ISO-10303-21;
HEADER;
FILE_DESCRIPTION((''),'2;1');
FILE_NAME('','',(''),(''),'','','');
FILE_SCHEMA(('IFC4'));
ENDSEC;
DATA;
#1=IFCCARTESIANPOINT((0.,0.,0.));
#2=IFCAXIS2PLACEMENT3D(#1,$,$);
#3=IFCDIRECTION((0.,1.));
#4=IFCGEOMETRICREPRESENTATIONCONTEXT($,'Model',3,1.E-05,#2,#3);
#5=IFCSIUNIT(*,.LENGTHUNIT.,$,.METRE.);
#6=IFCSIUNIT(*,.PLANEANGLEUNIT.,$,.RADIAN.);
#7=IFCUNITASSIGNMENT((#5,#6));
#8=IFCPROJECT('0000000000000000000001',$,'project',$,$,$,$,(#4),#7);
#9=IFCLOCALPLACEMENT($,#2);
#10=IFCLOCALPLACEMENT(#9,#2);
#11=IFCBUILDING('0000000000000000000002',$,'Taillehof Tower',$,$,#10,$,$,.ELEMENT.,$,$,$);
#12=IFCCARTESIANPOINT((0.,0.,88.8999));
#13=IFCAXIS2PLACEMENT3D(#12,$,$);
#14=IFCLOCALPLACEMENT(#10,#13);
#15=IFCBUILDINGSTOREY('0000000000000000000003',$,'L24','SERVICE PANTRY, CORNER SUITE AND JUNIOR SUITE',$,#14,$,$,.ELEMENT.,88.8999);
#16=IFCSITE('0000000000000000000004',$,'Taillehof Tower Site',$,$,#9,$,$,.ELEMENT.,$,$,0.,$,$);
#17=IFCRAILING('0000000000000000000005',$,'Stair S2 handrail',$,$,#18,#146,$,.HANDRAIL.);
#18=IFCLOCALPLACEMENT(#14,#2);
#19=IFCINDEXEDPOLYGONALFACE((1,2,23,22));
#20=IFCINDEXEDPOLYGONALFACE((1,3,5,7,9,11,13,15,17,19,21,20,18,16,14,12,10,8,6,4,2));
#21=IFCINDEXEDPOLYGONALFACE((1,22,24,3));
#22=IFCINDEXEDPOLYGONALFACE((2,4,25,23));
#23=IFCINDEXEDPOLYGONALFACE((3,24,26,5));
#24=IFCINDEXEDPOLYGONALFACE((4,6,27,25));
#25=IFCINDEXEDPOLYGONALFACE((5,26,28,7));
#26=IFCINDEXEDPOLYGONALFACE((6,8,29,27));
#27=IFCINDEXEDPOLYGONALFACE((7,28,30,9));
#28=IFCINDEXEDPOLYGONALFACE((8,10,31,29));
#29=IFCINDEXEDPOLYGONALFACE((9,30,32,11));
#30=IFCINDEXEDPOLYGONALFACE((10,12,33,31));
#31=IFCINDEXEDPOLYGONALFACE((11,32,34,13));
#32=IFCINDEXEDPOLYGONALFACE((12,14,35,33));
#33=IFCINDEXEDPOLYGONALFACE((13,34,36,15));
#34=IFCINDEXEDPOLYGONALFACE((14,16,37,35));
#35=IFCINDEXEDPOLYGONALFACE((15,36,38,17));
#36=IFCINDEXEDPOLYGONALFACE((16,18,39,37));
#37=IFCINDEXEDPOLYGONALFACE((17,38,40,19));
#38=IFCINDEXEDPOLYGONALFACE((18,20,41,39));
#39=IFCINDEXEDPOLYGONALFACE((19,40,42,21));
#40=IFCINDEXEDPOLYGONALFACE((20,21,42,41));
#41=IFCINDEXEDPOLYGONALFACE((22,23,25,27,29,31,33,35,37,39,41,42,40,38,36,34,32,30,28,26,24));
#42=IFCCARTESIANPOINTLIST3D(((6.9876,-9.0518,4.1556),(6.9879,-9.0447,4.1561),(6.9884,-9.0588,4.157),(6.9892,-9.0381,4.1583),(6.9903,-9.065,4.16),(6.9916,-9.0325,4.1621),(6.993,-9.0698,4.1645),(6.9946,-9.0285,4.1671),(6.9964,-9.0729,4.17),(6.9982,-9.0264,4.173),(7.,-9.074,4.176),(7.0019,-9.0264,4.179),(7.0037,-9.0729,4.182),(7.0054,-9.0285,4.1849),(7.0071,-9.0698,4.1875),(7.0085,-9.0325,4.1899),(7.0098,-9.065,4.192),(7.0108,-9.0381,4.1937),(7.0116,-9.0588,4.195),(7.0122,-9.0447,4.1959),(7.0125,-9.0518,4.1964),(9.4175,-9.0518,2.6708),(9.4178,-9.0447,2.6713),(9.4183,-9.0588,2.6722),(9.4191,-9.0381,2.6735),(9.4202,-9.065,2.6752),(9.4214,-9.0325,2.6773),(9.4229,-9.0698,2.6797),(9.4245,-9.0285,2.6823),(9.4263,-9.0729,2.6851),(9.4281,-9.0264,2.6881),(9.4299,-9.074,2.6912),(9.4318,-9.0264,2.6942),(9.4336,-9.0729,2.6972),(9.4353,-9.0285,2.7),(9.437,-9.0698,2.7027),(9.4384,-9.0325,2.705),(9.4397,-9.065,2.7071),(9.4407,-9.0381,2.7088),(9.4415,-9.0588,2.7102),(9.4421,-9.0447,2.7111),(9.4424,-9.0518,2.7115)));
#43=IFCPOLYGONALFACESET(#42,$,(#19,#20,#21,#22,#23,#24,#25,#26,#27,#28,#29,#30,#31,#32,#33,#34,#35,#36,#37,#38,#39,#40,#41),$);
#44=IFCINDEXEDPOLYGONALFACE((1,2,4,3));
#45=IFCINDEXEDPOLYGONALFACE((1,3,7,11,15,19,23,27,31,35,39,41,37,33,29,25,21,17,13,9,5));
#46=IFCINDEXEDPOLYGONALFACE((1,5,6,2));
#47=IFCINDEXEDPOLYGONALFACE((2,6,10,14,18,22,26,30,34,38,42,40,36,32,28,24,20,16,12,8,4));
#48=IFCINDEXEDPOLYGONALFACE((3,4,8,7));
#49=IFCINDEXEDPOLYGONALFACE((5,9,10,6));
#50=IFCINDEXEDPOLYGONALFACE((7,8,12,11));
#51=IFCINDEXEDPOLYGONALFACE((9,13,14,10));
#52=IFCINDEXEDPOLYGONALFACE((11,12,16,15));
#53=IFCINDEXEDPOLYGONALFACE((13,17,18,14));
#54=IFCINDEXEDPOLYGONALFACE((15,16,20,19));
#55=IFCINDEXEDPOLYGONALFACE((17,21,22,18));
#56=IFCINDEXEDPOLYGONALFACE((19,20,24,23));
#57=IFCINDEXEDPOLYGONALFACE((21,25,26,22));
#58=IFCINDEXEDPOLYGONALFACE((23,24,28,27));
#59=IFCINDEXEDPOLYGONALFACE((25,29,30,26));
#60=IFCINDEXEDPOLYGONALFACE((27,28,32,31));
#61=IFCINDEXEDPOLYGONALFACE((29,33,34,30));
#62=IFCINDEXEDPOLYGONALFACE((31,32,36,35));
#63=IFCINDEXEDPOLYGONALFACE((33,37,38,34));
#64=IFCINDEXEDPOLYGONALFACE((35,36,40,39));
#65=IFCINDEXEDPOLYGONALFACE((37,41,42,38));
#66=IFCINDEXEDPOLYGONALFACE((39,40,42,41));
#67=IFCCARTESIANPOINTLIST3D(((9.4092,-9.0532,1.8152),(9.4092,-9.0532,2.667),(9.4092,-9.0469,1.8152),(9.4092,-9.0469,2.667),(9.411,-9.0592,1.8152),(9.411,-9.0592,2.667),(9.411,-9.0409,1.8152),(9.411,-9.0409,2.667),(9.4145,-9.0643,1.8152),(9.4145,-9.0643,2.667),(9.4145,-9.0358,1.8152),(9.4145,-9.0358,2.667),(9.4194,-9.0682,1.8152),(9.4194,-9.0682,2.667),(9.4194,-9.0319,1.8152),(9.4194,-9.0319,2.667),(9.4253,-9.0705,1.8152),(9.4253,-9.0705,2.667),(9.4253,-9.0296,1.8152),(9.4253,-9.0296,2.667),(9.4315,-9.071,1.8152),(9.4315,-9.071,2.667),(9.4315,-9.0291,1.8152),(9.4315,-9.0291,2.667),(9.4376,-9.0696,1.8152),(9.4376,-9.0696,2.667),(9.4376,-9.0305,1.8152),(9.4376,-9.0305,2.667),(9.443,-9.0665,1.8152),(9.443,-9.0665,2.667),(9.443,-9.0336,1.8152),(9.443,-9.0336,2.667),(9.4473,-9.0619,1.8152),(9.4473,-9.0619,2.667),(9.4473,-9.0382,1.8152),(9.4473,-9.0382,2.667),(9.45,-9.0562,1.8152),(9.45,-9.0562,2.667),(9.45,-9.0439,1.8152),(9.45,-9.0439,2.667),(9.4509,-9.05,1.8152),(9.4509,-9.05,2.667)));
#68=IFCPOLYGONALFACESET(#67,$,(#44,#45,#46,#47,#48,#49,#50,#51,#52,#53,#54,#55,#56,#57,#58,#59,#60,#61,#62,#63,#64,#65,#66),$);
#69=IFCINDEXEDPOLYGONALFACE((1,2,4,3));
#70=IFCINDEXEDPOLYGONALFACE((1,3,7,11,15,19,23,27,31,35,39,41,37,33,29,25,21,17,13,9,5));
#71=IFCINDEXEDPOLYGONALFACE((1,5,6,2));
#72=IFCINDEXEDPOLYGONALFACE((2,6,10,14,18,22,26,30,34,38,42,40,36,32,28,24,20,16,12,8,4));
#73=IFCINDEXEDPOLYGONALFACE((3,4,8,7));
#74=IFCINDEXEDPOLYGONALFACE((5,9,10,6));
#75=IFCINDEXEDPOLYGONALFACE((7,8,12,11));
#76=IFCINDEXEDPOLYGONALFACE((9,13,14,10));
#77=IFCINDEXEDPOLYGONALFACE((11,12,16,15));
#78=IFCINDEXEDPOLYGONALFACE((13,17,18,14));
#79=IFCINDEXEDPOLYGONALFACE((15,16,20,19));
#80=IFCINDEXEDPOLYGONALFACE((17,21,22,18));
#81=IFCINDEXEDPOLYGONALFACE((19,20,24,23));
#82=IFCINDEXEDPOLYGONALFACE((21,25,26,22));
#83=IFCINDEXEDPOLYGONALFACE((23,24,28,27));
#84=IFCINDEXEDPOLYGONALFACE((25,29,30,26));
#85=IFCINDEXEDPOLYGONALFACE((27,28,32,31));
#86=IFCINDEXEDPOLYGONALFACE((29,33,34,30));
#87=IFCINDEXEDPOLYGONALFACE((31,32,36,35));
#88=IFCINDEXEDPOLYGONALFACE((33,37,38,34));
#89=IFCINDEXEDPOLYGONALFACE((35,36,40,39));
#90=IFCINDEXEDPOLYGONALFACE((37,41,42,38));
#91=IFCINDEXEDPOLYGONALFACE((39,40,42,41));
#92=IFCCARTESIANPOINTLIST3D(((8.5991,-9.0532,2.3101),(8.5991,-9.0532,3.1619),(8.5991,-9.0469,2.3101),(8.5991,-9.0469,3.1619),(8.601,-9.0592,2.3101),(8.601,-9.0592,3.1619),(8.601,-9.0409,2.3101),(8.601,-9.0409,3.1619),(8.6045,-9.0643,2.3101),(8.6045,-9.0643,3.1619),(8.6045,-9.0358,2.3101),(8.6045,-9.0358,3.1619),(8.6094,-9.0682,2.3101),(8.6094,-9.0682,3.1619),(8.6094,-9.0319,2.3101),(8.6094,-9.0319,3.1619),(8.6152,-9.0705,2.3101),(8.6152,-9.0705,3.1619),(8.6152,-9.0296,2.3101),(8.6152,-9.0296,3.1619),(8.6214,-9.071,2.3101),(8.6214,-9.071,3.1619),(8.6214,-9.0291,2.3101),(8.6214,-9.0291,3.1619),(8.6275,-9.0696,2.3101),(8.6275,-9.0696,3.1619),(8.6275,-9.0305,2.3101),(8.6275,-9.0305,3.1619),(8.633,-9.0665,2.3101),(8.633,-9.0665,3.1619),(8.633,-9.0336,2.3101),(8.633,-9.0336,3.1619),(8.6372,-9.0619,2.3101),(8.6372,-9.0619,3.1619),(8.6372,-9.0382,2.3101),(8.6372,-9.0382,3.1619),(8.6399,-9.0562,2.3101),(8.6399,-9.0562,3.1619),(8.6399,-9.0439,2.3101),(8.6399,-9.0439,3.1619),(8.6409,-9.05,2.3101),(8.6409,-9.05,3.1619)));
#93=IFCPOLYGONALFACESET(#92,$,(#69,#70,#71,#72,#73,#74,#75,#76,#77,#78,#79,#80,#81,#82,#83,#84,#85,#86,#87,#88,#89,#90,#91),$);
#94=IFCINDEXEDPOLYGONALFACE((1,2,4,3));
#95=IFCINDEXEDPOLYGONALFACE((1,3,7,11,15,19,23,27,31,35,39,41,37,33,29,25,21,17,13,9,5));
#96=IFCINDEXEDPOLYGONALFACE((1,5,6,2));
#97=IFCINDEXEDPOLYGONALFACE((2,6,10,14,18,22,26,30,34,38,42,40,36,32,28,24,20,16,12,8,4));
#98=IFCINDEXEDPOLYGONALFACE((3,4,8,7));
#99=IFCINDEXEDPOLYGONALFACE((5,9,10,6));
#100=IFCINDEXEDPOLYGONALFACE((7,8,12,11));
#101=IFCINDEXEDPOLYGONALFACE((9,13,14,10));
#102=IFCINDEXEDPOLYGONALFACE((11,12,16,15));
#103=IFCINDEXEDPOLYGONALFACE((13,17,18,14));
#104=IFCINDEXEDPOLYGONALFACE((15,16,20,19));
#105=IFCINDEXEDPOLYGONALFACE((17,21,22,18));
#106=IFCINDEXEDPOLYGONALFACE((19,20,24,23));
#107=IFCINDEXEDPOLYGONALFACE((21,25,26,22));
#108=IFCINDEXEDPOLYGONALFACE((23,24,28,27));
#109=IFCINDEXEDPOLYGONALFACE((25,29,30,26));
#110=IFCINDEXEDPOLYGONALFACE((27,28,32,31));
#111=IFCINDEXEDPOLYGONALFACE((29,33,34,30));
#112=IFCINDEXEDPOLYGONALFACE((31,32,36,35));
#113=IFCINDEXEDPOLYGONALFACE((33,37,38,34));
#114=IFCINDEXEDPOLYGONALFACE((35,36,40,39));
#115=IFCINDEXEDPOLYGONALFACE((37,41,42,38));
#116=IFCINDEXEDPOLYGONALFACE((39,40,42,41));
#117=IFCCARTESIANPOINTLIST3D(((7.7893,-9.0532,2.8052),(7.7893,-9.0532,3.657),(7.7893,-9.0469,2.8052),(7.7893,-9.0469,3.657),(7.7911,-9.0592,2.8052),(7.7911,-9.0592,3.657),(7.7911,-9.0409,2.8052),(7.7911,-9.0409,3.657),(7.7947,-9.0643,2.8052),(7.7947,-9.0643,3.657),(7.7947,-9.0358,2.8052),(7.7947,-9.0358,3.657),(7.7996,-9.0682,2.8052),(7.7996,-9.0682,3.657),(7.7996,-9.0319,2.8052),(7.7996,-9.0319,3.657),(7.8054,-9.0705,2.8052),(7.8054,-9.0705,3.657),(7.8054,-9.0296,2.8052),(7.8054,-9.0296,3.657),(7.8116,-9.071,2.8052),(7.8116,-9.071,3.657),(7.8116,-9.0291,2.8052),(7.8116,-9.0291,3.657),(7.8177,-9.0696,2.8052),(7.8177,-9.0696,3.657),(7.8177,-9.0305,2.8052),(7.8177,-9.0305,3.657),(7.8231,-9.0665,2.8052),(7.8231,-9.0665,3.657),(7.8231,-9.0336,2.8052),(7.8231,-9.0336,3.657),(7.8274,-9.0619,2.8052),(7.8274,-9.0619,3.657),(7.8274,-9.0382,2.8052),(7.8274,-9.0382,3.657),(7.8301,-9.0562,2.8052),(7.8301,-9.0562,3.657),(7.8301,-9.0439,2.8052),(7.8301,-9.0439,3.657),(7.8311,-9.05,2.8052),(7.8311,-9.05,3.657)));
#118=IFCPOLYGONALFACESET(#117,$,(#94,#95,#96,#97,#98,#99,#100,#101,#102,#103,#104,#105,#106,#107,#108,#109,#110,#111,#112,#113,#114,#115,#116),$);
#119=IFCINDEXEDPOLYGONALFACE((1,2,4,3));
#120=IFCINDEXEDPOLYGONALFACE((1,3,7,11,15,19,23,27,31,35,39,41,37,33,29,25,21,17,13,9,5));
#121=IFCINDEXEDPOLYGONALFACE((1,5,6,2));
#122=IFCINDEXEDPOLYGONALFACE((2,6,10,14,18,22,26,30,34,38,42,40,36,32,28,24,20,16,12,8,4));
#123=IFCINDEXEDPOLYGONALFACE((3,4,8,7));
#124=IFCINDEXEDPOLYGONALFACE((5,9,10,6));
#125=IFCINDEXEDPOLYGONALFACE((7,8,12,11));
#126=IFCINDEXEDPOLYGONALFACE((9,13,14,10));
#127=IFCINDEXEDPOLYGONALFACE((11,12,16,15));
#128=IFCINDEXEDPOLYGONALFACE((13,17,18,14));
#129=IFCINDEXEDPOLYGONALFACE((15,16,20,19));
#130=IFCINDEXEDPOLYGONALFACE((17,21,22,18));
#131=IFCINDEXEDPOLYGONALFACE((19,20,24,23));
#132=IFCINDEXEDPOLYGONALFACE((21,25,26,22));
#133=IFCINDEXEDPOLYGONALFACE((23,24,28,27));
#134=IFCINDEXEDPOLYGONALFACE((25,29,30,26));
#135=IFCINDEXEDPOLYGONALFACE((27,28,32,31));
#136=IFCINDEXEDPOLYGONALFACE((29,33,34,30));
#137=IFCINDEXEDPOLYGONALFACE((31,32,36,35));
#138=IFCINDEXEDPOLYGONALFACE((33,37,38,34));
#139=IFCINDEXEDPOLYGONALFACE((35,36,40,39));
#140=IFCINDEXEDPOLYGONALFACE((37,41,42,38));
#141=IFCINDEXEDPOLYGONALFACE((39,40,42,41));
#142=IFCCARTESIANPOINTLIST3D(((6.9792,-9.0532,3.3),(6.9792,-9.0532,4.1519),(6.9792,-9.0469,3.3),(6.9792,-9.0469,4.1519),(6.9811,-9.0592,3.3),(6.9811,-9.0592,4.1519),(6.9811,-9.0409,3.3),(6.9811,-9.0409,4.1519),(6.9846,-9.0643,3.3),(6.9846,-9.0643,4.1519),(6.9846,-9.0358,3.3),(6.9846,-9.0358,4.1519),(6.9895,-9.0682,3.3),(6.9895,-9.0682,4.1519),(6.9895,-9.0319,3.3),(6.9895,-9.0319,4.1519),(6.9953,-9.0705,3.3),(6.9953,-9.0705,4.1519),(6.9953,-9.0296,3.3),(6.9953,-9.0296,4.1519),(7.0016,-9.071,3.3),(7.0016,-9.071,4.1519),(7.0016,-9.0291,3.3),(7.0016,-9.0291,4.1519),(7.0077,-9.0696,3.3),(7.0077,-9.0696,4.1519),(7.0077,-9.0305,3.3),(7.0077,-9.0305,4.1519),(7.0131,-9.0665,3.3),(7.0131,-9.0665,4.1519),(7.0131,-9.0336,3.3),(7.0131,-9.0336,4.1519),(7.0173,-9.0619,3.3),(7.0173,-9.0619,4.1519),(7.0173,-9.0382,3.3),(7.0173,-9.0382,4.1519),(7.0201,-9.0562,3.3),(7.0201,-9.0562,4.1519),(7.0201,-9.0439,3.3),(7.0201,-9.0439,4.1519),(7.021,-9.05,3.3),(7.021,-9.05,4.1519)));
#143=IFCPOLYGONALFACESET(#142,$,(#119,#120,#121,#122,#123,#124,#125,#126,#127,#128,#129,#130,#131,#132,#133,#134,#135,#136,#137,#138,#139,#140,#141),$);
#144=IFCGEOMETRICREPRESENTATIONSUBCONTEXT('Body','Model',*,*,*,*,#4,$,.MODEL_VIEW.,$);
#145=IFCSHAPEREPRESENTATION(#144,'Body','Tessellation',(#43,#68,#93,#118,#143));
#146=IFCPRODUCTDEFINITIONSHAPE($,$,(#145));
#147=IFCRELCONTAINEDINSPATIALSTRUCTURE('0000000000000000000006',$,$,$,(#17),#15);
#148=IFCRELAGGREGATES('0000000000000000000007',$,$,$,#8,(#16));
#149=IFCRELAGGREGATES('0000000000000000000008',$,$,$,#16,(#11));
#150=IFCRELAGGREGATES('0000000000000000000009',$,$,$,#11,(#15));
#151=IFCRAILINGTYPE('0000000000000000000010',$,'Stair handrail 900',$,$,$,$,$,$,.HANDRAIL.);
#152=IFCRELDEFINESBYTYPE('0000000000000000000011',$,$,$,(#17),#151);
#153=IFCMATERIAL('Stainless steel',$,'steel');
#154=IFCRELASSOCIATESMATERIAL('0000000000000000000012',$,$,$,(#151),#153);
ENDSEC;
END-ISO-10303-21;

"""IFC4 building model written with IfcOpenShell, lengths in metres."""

from ifc_helpers import new_model, si_unit, direction, frame, origin, origin_2d, place, context, subcontext, project, spatial, circle, extrude, material, type_object, element, save


model = new_model("IFC4")

# Units and contexts
model_context = context("Model", 3, precision=1e-05, world=origin(), true_north=direction((0.0, 1.0)))
body_context = subcontext(model_context, "Body", "Model", "MODEL_VIEW")
ifc_project = project(units=[si_unit("LENGTHUNIT", "METRE"), si_unit("PLANEANGLEUNIT", "RADIAN")], contexts=[model_context])

# Site, building, storey
site_placement = place(None, origin())
site = spatial("IfcSite", under=ifc_project, at=site_placement, Name="Taillehof Tower Site", CompositionType="ELEMENT", RefElevation=0.0)
building_placement = place(site_placement, origin())
building = spatial("IfcBuilding", under=site, at=building_placement, Name="Taillehof Tower", CompositionType="ELEMENT")
storey_placement = place(building_placement, frame((0.0, 0.0, 88.8999)))
storey = spatial("IfcBuildingStorey", under=building, at=storey_placement, Name="L24", Description="SERVICE PANTRY, CORNER SUITE AND JUNIOR SUITE", CompositionType="ELEMENT", Elevation=88.8999)

# Railing
ifc_material_1 = material(Name="Stainless steel", Category="steel")
railing_type = type_object("IfcRailingType", Name="Stair handrail 900", PredefinedType="HANDRAIL", material=ifc_material_1)
railing_1_placement = place(storey_placement, frame((9.4299, -9.05, 1.8152)))
element("IfcRailing", 1, at=railing_1_placement, inside=storey, type_object=railing_type, Name="Stair S2 handrail", PredefinedType="HANDRAIL", context=body_context, shape_type="SweptSolid", body=[
    extrude(circle(Radius=0.0239, at=origin_2d()), frame((0.0, 0.0, 0.876), z_axis=(-0.853297, 0.0, 0.521426), x_axis=(0.0, -1.0, 0.0)), (0.0, 0.0, 1.0), 2.8477),
    extrude(circle(Radius=0.021, at=origin_2d()), origin(), (0.0, 0.0, 1.0), 0.8518),
    extrude(circle(Radius=0.021, at=origin_2d()), frame((-0.8101, 0.0, 0.4949)), (0.0, 0.0, 1.0), 0.8518),
    extrude(circle(Radius=0.021, at=origin_2d()), frame((-1.6199, 0.0, 0.99)), (0.0, 0.0, 1.0), 0.8518),
    extrude(circle(Radius=0.021, at=origin_2d()), frame((-2.4299, 0.0, 1.4849)), (0.0, 0.0, 1.0), 0.8518),
])

save(model, "model.ifc")
